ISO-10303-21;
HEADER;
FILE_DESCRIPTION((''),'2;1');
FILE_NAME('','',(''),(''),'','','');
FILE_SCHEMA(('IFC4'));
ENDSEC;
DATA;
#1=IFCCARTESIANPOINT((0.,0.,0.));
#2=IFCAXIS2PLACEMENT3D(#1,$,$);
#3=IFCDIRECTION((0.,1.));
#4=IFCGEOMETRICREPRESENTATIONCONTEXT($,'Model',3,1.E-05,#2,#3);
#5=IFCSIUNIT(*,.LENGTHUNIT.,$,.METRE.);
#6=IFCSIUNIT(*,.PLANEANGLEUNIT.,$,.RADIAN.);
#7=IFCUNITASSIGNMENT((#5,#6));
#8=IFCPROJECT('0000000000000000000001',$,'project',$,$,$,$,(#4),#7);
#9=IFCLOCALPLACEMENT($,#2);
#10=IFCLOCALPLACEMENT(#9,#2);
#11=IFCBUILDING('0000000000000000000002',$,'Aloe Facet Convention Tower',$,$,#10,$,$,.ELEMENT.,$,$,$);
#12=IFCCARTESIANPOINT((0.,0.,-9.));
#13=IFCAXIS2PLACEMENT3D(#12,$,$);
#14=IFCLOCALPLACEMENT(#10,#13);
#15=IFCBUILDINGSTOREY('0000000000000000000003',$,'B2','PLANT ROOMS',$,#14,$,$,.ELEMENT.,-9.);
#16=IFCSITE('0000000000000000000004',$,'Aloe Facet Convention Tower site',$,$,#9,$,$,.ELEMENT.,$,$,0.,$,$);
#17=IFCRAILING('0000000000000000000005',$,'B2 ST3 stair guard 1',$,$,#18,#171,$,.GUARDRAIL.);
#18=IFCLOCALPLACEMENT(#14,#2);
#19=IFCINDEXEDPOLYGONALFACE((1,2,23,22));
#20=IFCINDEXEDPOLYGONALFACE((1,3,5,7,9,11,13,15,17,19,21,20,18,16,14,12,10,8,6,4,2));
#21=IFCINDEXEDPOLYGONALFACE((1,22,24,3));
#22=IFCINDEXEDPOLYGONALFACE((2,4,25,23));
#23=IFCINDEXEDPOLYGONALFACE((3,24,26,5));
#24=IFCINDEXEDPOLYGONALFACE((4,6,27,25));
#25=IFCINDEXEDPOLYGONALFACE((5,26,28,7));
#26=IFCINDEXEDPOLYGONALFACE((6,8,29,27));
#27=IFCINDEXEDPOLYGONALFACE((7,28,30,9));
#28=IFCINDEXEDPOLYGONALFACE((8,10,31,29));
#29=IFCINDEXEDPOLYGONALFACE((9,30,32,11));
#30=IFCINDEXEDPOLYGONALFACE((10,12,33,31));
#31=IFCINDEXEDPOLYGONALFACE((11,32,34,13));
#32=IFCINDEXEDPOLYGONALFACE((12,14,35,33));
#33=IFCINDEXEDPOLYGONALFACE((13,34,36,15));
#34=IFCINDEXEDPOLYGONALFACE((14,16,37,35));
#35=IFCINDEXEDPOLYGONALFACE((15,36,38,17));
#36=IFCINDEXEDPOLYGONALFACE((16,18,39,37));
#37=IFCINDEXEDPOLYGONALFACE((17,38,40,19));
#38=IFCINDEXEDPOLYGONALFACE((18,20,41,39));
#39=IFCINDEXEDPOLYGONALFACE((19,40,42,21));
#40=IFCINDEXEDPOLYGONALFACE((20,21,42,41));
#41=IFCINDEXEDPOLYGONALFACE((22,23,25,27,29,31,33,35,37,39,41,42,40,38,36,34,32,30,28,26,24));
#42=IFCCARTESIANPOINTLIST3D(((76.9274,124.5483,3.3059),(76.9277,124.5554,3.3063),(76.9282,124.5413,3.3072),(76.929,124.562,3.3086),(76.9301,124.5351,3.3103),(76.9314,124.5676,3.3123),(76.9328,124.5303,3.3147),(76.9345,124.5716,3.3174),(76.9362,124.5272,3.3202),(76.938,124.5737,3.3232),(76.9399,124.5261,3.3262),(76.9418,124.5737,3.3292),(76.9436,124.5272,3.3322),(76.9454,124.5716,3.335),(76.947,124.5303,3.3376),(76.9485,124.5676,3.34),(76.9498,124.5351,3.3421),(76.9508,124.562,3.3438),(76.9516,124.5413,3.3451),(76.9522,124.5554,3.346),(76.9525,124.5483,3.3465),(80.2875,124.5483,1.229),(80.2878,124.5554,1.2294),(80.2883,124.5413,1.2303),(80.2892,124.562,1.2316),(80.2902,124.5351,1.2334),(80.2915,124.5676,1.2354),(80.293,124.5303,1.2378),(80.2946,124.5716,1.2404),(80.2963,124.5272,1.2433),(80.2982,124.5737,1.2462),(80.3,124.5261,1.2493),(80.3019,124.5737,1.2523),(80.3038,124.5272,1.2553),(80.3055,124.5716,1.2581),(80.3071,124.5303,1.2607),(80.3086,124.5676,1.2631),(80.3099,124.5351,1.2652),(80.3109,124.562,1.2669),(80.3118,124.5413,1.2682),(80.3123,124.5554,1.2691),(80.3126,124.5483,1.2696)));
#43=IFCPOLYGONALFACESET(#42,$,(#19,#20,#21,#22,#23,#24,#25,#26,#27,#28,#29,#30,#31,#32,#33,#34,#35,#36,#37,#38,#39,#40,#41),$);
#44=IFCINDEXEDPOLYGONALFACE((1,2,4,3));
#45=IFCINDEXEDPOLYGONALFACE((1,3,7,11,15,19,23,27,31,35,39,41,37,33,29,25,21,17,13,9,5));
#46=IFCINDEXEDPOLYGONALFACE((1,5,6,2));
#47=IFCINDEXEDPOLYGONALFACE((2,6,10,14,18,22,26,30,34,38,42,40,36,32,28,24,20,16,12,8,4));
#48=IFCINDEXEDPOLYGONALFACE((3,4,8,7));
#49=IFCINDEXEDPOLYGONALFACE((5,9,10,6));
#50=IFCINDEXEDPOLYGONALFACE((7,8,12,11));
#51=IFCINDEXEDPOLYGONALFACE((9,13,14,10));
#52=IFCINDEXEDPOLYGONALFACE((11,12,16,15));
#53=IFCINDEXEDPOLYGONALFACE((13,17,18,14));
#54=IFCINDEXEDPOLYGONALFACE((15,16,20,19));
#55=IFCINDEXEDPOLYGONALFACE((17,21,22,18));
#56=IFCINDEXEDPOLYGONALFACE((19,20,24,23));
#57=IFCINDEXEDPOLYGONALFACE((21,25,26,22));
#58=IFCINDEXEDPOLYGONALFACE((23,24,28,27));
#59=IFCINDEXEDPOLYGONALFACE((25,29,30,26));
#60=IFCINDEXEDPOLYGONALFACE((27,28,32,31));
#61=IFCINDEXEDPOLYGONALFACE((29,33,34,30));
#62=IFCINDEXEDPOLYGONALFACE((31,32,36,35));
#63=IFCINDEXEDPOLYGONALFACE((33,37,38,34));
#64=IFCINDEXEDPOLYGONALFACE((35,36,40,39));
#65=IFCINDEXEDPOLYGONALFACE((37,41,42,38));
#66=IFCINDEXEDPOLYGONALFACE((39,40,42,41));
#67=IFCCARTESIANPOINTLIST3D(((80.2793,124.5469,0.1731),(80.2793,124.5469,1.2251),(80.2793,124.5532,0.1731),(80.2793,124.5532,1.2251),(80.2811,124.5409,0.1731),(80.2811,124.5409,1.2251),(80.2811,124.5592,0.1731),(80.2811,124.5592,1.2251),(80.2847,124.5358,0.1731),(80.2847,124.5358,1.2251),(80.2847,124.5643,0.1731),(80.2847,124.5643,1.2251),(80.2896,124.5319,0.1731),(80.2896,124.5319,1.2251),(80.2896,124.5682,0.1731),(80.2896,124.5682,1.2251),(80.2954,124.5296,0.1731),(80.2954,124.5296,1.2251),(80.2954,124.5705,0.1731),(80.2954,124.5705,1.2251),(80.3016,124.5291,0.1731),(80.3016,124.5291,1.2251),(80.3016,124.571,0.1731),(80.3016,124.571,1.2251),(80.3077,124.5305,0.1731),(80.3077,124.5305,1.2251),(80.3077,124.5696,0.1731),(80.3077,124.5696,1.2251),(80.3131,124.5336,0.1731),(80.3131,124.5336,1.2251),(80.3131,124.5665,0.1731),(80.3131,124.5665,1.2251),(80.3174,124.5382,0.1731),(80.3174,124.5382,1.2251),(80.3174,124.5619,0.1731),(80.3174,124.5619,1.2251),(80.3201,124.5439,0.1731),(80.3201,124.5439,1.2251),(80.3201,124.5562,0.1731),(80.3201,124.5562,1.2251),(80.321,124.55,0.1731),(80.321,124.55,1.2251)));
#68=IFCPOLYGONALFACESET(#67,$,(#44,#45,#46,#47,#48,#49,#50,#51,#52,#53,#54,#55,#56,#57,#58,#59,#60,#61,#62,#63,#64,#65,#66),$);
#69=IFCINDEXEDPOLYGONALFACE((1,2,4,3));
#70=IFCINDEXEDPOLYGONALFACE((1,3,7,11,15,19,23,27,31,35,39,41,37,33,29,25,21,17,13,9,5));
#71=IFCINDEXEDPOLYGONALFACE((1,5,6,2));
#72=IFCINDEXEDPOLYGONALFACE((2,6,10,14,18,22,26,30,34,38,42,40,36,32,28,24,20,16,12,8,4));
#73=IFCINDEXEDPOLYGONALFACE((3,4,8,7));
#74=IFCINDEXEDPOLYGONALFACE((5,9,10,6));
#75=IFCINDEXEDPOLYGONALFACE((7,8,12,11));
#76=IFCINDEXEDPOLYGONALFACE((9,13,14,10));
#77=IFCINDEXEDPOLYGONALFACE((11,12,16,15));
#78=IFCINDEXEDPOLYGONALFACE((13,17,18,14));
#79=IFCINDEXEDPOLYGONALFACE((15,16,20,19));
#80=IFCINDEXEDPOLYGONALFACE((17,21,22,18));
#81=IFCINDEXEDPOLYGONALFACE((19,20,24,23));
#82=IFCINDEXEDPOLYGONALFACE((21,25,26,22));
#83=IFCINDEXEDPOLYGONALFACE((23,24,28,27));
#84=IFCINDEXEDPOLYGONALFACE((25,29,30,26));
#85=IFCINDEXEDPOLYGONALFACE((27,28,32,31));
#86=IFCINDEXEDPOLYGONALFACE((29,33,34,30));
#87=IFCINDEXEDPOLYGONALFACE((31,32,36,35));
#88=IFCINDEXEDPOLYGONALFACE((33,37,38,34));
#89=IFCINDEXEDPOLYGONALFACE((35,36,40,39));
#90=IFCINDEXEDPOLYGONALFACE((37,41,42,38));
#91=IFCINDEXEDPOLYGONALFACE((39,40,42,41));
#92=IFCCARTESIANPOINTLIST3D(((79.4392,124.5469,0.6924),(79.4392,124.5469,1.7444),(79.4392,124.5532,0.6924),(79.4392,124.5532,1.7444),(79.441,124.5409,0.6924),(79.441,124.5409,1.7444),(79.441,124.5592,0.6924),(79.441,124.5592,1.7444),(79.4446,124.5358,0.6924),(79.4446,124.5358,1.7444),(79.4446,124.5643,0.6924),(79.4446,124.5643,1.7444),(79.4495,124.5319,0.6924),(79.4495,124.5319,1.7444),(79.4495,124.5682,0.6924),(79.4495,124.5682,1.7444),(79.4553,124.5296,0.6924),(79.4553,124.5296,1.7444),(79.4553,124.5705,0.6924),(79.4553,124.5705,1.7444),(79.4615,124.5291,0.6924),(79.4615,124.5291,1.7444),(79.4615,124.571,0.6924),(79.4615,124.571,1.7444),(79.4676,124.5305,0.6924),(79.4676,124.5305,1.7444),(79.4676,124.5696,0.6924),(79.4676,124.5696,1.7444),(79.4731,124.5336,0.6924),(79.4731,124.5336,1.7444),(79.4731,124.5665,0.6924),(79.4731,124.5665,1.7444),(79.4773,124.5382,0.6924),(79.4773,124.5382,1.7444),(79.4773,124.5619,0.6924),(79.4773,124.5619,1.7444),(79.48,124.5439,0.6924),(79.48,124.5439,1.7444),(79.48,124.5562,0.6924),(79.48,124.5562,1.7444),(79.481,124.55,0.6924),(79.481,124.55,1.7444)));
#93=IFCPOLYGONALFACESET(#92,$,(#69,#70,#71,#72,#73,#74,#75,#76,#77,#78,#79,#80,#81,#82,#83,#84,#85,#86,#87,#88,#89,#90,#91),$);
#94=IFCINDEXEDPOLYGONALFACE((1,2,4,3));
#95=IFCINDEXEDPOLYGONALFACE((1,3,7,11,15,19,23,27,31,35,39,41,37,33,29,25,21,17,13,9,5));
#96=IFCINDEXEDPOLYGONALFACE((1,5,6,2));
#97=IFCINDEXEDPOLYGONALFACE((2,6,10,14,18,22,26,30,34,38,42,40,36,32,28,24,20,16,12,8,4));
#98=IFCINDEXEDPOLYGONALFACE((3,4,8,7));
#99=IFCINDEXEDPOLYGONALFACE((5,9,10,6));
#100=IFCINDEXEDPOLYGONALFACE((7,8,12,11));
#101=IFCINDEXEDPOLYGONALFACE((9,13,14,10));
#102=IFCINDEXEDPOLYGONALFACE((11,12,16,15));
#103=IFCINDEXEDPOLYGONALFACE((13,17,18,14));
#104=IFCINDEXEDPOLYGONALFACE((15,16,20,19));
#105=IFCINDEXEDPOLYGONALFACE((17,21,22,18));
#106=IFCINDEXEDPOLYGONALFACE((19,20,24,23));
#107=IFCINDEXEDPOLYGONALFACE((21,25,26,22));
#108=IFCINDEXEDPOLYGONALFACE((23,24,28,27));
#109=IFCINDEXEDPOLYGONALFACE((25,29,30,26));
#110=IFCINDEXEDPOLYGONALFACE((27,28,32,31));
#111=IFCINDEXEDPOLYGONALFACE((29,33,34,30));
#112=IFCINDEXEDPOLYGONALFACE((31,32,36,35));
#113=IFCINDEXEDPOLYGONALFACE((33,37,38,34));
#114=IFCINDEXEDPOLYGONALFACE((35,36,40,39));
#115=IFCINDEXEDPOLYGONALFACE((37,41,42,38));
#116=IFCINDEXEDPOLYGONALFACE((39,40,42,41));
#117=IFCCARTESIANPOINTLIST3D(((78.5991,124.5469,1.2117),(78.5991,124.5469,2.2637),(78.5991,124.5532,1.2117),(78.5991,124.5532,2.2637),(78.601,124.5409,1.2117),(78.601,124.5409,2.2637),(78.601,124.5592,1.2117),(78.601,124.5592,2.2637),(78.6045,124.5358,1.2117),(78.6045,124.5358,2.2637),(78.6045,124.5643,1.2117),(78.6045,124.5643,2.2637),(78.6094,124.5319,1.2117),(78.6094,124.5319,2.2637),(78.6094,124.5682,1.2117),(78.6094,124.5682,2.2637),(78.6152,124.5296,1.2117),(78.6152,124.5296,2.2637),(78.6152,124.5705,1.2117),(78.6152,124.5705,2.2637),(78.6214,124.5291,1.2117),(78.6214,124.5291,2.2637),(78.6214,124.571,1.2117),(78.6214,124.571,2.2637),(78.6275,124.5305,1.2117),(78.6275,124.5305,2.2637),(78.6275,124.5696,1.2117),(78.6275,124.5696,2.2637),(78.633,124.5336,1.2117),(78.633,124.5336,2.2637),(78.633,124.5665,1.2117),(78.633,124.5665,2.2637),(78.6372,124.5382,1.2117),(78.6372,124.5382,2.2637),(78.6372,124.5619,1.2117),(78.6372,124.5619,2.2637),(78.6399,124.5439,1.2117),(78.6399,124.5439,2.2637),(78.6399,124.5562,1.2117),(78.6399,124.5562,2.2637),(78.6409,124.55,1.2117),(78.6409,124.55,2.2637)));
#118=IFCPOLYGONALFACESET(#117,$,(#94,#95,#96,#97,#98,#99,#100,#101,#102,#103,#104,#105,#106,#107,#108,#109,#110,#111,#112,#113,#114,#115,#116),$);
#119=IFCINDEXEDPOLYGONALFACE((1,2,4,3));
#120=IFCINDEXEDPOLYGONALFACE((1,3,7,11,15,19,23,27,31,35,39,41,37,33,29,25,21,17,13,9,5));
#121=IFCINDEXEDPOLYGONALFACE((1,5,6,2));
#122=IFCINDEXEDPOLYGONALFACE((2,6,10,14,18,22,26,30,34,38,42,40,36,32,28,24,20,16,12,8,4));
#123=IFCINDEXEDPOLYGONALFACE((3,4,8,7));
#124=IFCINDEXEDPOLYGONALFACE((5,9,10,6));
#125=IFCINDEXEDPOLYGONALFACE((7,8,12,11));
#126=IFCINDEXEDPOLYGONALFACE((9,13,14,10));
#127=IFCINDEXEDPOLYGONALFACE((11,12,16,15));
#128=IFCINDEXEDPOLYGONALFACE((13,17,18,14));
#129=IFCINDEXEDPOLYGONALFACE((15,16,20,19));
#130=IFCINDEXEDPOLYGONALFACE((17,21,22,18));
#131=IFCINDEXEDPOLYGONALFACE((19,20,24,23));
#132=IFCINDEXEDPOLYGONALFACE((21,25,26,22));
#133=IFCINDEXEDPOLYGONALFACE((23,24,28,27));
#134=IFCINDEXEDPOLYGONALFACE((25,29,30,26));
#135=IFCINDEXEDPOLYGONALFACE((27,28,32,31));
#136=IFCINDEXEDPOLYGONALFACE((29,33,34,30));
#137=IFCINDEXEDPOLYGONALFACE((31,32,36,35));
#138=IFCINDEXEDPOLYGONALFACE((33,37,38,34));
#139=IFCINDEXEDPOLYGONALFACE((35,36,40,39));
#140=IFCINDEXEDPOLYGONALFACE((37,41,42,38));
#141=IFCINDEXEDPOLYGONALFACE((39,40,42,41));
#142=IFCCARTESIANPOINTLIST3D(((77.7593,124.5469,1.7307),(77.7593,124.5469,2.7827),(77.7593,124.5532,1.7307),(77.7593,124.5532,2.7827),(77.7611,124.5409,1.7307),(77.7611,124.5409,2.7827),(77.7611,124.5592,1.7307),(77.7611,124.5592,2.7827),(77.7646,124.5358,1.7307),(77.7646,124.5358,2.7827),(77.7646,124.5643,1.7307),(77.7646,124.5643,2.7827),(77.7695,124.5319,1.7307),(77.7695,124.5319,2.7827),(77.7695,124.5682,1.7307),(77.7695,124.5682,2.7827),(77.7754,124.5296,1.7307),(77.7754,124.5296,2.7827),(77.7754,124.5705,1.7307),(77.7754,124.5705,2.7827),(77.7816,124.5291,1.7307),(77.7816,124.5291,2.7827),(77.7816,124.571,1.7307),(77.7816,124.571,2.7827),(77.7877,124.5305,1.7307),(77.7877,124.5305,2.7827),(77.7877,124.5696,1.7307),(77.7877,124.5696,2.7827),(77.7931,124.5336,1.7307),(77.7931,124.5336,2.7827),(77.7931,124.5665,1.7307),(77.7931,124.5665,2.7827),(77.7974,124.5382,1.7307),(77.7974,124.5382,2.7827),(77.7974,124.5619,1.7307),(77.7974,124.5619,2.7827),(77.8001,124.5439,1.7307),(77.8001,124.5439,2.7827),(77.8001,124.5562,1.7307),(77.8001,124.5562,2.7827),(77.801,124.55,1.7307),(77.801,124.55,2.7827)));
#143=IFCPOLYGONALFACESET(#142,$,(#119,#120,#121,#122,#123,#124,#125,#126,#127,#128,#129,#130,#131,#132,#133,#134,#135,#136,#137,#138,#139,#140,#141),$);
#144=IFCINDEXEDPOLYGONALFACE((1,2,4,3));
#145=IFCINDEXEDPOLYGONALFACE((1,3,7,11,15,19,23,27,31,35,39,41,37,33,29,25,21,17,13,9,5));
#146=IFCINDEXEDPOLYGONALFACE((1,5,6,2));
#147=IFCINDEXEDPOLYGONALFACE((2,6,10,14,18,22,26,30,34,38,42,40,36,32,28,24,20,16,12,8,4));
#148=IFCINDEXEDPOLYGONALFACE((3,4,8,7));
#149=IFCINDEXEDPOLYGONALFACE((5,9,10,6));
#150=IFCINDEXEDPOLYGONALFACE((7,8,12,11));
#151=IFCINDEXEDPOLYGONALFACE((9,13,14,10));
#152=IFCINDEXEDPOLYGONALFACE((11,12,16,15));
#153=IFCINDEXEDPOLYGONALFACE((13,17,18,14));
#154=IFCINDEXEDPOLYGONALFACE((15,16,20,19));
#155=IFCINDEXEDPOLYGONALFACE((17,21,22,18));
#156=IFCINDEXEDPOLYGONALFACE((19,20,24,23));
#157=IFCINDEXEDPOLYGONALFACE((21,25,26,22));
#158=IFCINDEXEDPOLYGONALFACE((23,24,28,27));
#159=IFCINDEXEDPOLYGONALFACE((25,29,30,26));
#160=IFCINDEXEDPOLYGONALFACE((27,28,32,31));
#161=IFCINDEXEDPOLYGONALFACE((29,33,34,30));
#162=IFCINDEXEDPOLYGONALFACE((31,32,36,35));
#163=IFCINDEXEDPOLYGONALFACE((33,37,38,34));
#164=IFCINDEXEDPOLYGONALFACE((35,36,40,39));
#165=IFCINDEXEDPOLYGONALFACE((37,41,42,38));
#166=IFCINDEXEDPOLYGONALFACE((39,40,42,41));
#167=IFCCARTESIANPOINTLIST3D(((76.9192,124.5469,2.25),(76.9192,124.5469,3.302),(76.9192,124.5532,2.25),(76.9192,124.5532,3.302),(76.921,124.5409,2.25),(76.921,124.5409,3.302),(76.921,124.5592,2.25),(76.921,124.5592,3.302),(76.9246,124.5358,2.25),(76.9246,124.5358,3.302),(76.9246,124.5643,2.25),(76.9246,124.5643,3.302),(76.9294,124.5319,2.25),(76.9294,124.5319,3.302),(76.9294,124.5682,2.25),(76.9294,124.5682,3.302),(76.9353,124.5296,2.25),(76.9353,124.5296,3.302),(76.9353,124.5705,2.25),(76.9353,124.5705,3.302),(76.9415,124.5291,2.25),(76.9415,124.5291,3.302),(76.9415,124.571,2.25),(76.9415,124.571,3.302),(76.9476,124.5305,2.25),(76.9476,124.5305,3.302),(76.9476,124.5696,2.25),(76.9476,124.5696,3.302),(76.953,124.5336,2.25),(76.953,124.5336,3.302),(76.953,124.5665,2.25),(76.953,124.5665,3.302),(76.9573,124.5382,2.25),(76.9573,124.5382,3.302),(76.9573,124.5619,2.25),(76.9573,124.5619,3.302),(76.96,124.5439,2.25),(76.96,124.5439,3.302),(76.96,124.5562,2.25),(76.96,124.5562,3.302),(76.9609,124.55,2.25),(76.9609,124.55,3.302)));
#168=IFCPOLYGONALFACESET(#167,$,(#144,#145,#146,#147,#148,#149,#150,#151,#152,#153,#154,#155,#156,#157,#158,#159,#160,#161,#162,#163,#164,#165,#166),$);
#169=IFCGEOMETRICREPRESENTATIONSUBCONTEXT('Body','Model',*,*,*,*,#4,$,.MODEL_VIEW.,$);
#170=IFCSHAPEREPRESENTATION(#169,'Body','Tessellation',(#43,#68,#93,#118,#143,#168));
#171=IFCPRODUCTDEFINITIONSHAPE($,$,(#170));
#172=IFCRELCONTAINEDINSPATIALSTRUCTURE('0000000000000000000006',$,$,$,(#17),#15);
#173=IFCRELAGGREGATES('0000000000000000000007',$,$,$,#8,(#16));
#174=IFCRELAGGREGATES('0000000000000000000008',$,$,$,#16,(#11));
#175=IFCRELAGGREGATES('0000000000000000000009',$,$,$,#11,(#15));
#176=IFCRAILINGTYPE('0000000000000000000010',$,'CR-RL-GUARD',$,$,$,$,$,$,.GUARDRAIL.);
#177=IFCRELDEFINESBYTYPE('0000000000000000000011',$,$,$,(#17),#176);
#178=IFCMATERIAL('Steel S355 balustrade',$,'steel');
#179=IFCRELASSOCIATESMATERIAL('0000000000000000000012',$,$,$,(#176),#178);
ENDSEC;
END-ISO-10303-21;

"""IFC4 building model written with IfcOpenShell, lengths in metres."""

from ifc_helpers import new_model, si_unit, direction, frame, origin, origin_2d, place, context, subcontext, project, spatial, circle, extrude, material, type_object, element, save


model = new_model("IFC4")

# Units and contexts
model_context = context("Model", 3, precision=1e-05, world=origin(), true_north=direction((0.0, 1.0)))
body_context = subcontext(model_context, "Body", "Model", "MODEL_VIEW")
ifc_project = project(units=[si_unit("LENGTHUNIT", "METRE"), si_unit("PLANEANGLEUNIT", "RADIAN")], contexts=[model_context])

# Site, building, storey
site_placement = place(None, origin())
site = spatial("IfcSite", under=ifc_project, at=site_placement, Name="Aloe Facet Convention Tower site", CompositionType="ELEMENT", RefElevation=0.0)
building_placement = place(site_placement, origin())
building = spatial("IfcBuilding", under=site, at=building_placement, Name="Aloe Facet Convention Tower", CompositionType="ELEMENT")
storey_placement = place(building_placement, frame((0.0, 0.0, -9.0)))
storey = spatial("IfcBuildingStorey", under=building, at=storey_placement, Name="B2", Description="PLANT ROOMS", CompositionType="ELEMENT", Elevation=-9.0)

# Railing
ifc_material_1 = material(Name="Steel S355 balustrade", Category="steel")
railing_type_1 = type_object("IfcRailingType", Name="CR-RL-GUARD", PredefinedType="GUARDRAIL", material=ifc_material_1)
railing_1_placement = place(storey_placement, frame((80.3, 124.55, 0.1731)))
element("IfcRailing", 1, at=railing_1_placement, inside=storey, type_object=railing_type_1, Name="B2 ST3 stair guard 1", PredefinedType="GUARDRAIL", context=body_context, shape_type="SweptSolid", body=[
    extrude(circle(Radius=0.0239, at=origin_2d()), frame((0.0, 0.0, 1.0762), z_axis=(-0.850623, 0.0, 0.525776), x_axis=(0.0, -1.0, 0.0)), (0.0, 0.0, 1.0), 3.9502),
    extrude(circle(Radius=0.021, at=origin_2d()), origin(), (0.0, 0.0, 1.0), 1.052),
    extrude(circle(Radius=0.021, at=origin_2d()), frame((-0.8401, 0.0, 0.5193)), (0.0, 0.0, 1.0), 1.052),
    extrude(circle(Radius=0.021, at=origin_2d()), frame((-1.6802, 0.0, 1.0386)), (0.0, 0.0, 1.0), 1.052),
    extrude(circle(Radius=0.021, at=origin_2d()), frame((-2.52, 0.0, 1.5576)), (0.0, 0.0, 1.0), 1.052),
    extrude(circle(Radius=0.021, at=origin_2d()), frame((-3.3601, 0.0, 2.0769)), (0.0, 0.0, 1.0), 1.052),
])

save(model, "model.ifc")
